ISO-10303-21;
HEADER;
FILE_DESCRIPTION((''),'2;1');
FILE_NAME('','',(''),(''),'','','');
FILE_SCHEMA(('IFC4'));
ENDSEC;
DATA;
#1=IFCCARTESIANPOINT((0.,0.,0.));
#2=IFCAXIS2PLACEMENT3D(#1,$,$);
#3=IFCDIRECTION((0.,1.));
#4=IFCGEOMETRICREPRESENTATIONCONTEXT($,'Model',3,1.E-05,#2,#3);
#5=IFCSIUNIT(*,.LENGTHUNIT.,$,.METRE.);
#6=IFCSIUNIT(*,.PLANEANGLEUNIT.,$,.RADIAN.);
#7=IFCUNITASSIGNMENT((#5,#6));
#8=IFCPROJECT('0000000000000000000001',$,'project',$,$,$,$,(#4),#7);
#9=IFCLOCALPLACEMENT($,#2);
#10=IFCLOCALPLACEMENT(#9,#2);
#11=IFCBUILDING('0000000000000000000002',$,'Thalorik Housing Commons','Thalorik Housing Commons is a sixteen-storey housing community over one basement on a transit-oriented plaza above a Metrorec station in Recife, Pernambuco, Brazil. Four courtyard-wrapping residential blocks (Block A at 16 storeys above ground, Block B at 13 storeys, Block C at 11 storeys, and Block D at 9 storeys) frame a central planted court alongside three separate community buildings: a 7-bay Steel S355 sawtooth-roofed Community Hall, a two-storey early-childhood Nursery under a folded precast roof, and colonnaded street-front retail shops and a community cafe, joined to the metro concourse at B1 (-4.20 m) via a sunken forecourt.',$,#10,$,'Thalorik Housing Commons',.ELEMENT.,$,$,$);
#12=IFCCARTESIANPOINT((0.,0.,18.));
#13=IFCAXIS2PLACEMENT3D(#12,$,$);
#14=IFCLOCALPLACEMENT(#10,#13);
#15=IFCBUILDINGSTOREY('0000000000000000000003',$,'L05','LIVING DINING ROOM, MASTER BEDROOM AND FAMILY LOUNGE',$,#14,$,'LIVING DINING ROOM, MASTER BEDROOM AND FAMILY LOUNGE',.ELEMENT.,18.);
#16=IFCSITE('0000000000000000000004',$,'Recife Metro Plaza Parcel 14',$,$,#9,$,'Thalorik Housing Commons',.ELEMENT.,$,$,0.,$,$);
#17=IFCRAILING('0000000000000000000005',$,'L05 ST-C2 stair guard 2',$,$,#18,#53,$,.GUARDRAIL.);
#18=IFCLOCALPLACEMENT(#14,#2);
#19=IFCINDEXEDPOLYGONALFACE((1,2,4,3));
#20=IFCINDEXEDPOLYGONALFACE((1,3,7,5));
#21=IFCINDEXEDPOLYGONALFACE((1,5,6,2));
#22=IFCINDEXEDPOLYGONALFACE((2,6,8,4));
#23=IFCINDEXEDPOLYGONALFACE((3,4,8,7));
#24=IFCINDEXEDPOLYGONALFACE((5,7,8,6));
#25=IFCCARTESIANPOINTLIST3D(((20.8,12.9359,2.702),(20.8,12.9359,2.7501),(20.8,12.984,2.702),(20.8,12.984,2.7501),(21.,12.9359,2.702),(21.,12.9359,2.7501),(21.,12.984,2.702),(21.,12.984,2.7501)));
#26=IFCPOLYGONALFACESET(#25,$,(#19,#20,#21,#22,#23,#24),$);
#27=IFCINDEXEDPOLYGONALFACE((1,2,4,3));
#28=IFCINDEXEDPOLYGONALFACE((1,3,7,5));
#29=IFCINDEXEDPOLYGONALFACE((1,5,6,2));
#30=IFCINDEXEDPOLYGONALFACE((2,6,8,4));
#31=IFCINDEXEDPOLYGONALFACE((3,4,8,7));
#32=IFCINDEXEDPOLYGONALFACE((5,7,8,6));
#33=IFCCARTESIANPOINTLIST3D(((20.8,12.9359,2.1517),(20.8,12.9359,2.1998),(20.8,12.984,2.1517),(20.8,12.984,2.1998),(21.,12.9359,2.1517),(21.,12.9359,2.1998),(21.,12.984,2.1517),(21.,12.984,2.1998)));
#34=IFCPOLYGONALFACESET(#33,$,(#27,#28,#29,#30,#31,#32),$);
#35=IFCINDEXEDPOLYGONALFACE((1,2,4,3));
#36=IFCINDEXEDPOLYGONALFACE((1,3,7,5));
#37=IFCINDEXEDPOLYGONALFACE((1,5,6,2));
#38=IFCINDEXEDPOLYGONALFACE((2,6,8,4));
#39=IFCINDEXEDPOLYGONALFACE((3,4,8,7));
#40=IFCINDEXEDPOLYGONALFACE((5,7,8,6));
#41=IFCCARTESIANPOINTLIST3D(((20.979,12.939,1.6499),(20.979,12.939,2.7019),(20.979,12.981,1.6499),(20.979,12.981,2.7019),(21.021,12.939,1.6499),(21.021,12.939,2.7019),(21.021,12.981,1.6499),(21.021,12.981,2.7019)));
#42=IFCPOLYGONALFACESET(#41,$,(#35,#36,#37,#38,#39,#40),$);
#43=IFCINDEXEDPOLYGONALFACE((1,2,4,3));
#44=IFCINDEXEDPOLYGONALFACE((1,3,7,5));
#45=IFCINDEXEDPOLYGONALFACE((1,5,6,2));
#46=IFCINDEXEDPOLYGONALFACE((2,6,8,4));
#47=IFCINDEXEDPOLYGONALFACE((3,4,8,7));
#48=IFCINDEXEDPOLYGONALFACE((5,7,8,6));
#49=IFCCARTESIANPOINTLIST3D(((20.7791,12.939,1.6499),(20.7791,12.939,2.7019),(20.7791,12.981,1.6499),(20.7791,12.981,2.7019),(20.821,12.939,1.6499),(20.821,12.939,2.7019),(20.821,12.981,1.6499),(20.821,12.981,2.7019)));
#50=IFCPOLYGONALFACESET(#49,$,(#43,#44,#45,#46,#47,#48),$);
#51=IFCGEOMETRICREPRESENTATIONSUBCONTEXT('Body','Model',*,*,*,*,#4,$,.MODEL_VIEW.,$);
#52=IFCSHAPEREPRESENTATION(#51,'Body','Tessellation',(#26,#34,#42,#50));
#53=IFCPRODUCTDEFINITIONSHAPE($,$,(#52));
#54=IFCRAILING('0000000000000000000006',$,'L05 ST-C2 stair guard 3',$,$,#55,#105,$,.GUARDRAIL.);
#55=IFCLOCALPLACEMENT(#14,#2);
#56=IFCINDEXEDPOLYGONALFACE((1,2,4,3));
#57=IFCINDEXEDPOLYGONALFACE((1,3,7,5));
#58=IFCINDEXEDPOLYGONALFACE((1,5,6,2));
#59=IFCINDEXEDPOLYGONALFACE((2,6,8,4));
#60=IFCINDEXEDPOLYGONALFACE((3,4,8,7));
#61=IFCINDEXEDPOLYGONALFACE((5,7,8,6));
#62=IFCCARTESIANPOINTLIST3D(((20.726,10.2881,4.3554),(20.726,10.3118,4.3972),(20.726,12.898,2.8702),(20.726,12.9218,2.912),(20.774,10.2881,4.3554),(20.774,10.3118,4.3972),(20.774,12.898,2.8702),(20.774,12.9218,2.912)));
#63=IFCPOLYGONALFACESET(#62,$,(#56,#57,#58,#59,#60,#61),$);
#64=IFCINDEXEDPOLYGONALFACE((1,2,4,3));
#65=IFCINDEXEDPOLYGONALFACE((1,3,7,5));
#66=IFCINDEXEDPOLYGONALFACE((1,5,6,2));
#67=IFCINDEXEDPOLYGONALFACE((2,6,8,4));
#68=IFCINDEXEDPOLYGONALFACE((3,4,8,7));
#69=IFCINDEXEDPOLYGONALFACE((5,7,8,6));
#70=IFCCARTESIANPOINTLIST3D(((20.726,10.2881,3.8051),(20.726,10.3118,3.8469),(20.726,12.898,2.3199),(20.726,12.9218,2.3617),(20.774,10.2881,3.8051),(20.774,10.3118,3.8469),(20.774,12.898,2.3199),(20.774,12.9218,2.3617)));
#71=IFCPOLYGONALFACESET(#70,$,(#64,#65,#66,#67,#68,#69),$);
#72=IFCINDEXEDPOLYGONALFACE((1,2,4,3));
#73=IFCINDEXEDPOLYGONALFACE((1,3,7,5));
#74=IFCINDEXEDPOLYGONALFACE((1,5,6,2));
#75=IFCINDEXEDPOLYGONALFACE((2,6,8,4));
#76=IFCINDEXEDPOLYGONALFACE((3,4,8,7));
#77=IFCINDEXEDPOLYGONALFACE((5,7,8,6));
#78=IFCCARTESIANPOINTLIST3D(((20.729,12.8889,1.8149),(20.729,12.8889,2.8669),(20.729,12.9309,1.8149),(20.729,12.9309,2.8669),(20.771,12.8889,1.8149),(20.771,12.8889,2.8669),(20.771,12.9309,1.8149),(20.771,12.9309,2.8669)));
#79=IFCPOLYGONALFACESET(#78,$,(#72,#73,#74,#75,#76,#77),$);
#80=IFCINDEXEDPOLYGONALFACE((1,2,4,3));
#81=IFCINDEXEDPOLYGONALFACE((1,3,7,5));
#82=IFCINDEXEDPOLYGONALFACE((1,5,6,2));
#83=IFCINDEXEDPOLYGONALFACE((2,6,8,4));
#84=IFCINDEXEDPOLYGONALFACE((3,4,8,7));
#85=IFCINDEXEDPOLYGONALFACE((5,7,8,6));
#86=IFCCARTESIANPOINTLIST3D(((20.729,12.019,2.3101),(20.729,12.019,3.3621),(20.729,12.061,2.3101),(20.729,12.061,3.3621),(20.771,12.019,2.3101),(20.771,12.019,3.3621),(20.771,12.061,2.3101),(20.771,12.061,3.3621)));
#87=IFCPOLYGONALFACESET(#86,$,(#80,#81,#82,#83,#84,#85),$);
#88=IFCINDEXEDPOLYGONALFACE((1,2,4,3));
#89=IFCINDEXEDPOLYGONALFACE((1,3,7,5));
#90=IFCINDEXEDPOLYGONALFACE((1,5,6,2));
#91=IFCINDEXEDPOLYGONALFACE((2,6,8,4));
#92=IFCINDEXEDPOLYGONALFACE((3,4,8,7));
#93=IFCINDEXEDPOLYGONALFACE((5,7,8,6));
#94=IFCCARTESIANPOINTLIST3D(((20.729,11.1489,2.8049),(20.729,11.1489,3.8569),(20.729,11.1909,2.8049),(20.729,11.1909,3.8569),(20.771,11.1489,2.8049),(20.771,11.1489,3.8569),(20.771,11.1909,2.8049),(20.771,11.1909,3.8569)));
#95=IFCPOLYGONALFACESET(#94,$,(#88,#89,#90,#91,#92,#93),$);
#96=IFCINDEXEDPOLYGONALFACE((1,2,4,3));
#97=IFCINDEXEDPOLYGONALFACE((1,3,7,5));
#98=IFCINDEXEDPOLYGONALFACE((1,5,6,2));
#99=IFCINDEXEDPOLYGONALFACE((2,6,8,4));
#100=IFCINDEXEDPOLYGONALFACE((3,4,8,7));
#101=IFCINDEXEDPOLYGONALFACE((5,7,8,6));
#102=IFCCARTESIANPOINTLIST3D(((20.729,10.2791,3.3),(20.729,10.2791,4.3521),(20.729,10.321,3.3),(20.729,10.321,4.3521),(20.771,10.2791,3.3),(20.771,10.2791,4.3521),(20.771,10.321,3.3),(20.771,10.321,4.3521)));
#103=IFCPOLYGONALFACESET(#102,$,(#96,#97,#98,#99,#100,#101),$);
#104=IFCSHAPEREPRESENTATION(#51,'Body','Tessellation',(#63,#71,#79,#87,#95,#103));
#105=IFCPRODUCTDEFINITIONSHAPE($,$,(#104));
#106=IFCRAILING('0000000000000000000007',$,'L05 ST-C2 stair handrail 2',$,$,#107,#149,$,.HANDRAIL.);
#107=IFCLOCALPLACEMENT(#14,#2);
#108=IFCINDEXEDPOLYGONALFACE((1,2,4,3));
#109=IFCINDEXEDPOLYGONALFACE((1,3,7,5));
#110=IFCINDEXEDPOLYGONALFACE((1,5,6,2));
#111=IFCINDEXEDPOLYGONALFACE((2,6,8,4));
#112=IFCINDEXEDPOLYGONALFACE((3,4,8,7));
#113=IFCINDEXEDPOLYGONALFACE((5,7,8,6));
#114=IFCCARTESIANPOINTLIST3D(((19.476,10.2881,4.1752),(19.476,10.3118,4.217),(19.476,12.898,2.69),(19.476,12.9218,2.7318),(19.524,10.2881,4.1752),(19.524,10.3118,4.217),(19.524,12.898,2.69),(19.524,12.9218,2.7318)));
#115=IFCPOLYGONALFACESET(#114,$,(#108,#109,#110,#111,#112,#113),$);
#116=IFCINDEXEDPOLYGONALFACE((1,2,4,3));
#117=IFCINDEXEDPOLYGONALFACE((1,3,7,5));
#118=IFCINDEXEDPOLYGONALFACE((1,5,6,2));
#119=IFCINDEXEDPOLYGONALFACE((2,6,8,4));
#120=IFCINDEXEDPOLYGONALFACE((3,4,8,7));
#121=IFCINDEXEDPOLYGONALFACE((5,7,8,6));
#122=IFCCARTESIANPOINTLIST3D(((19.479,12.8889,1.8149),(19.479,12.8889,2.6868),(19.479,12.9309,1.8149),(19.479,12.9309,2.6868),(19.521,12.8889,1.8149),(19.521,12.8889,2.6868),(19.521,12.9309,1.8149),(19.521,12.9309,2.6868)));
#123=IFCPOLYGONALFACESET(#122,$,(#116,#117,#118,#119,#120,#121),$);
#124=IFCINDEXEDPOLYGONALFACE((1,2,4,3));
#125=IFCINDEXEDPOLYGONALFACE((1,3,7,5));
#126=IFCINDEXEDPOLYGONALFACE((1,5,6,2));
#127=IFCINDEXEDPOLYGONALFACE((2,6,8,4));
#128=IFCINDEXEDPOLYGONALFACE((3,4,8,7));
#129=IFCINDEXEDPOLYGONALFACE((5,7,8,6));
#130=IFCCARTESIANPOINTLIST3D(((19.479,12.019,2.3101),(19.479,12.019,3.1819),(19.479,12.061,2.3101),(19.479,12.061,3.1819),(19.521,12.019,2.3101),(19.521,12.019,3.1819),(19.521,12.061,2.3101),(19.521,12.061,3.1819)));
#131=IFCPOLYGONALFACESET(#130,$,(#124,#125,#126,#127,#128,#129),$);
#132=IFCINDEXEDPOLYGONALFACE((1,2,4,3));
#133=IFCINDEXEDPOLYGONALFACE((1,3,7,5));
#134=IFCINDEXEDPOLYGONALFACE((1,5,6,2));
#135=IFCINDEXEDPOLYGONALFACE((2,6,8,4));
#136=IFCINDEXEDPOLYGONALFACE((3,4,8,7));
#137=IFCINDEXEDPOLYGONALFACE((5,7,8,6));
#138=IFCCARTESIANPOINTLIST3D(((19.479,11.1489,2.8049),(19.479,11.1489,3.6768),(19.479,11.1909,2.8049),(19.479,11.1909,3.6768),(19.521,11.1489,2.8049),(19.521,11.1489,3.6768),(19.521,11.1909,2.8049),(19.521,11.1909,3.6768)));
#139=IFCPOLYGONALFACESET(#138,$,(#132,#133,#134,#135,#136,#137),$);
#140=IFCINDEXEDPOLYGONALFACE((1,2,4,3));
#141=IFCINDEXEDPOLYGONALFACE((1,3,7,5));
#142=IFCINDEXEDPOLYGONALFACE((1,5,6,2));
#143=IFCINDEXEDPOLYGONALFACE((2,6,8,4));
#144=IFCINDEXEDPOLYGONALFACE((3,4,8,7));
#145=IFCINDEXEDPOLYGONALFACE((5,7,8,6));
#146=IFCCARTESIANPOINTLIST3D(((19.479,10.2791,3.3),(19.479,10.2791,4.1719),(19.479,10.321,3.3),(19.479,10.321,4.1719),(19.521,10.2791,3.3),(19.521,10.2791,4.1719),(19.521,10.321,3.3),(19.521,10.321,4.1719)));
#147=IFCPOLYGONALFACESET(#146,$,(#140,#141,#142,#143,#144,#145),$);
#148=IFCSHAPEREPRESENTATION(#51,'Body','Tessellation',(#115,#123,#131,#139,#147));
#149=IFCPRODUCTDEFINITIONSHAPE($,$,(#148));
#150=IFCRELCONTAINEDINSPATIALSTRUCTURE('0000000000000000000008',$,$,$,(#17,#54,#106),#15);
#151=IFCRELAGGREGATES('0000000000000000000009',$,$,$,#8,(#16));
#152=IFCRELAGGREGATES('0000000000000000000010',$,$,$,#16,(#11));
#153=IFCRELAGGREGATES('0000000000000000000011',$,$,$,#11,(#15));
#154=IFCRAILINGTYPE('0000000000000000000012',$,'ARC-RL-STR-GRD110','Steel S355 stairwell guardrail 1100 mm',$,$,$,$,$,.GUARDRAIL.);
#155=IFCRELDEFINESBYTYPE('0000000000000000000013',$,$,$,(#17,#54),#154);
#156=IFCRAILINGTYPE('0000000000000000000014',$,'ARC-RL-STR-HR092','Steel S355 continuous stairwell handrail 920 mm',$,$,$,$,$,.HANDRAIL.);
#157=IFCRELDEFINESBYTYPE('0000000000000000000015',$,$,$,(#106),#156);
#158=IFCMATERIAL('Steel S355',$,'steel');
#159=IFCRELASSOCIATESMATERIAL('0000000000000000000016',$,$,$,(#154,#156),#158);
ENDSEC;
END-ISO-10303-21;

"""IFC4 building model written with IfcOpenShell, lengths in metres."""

from ifc_helpers import new_model, si_unit, direction, frame, origin, origin_2d, place, context, subcontext, project, spatial, rectangle, extrude, material, type_object, element, save


model = new_model("IFC4")

# Units and contexts
model_context = context("Model", 3, precision=1e-05, world=origin(), true_north=direction((0.0, 1.0)))
body_context = subcontext(model_context, "Body", "Model", "MODEL_VIEW")
ifc_project = project(units=[si_unit("LENGTHUNIT", "METRE"), si_unit("PLANEANGLEUNIT", "RADIAN")], contexts=[model_context])

# Site, building, storey
site_placement = place(None, origin())
site = spatial("IfcSite", under=ifc_project, at=site_placement, Name="Recife Metro Plaza Parcel 14", LongName="Thalorik Housing Commons", CompositionType="ELEMENT", RefElevation=0.0)
building_placement = place(site_placement, origin())
building = spatial("IfcBuilding", under=site, at=building_placement, Name="Thalorik Housing Commons", Description="Thalorik Housing Commons is a sixteen-storey housing community over one basement on a transit-oriented plaza above a Metrorec station in Recife, Pernambuco, Brazil. Four courtyard-wrapping residential blocks (Block A at 16 storeys above ground, Block B at 13 storeys, Block C at 11 storeys, and Block D at 9 storeys) frame a central planted court alongside three separate community buildings: a 7-bay Steel S355 sawtooth-roofed Community Hall, a two-storey early-childhood Nursery under a folded precast roof, and colonnaded street-front retail shops and a community cafe, joined to the metro concourse at B1 (-4.20 m) via a sunken forecourt.", LongName="Thalorik Housing Commons", CompositionType="ELEMENT")
storey_placement = place(building_placement, frame((0.0, 0.0, 18.0)))
storey = spatial("IfcBuildingStorey", under=building, at=storey_placement, Name="L05", Description="LIVING DINING ROOM, MASTER BEDROOM AND FAMILY LOUNGE", LongName="LIVING DINING ROOM, MASTER BEDROOM AND FAMILY LOUNGE", CompositionType="ELEMENT", Elevation=18.0)

# Shared definitions
ifc_material_1 = material(Name="Steel S355", Category="steel")

# Railings
railing_type_1 = type_object("IfcRailingType", Name="ARC-RL-STR-GRD110", Description="Steel S355 stairwell guardrail 1100 mm", PredefinedType="GUARDRAIL", material=ifc_material_1)
railing_1_placement = place(storey_placement, frame((21.0, 12.96, 1.6499)))
element("IfcRailing", 1, at=railing_1_placement, inside=storey, type_object=railing_type_1, Name="L05 ST-C2 stair guard 2", PredefinedType="GUARDRAIL", context=body_context, shape_type="SweptSolid", body=[
    extrude(rectangle(XDim=0.0481, YDim=0.0481, at=origin_2d()), frame((0.0, 0.0, 1.0762), z_axis=(-1.0, 0.0, 0.0), x_axis=(0.0, -1.0, 0.0)), (0.0, 0.0, 1.0), 0.2),
    extrude(rectangle(XDim=0.0481, YDim=0.0481, at=origin_2d()), frame((0.0, 0.0, 0.5259), z_axis=(-1.0, 0.0, 0.0), x_axis=(0.0, -1.0, 0.0)), (0.0, 0.0, 1.0), 0.2),
    extrude(rectangle(XDim=0.042, YDim=0.042, at=origin_2d()), origin(), (0.0, 0.0, 1.0), 1.052),
    extrude(rectangle(XDim=0.042, YDim=0.042, at=origin_2d()), frame((-0.2, 0.0, 0.0)), (0.0, 0.0, 1.0), 1.052),
])
railing_2_placement = place(storey_placement, frame((20.75, 12.9099, 1.8149)))
element("IfcRailing", 2, at=railing_2_placement, inside=storey, type_object=railing_type_1, Name="L05 ST-C2 stair guard 3", PredefinedType="GUARDRAIL", context=body_context, shape_type="SweptSolid", body=[
    extrude(rectangle(XDim=0.0481, YDim=0.0481, at=origin_2d()), frame((0.0, 0.0, 1.0762), z_axis=(0.0, -0.869137, 0.494571), x_axis=(1.0, 0.0, 0.0)), (0.0, 0.0, 1.0), 3.0029),
    extrude(rectangle(XDim=0.0481, YDim=0.0481, at=origin_2d()), frame((0.0, 0.0, 0.5259), z_axis=(0.0, -0.869137, 0.494571), x_axis=(1.0, 0.0, 0.0)), (0.0, 0.0, 1.0), 3.0029),
    extrude(rectangle(XDim=0.042, YDim=0.042, at=origin_2d()), origin(), (0.0, 0.0, 1.0), 1.052),
    extrude(rectangle(XDim=0.042, YDim=0.042, at=origin_2d()), frame((0.0, -0.8699, 0.4951)), (0.0, 0.0, 1.0), 1.052),
    extrude(rectangle(XDim=0.042, YDim=0.042, at=origin_2d()), frame((0.0, -1.74, 0.99)), (0.0, 0.0, 1.0), 1.052),
    extrude(rectangle(XDim=0.042, YDim=0.042, at=origin_2d()), frame((0.0, -2.6099, 1.4851)), (0.0, 0.0, 1.0), 1.052),
])
railing_type_2 = type_object("IfcRailingType", Name="ARC-RL-STR-HR092", Description="Steel S355 continuous stairwell handrail 920 mm", PredefinedType="HANDRAIL", material=ifc_material_1)
railing_3_placement = place(storey_placement, frame((19.5, 12.9099, 1.8149)))
element("IfcRailing", 3, at=railing_3_placement, inside=storey, type_object=railing_type_2, Name="L05 ST-C2 stair handrail 2", PredefinedType="HANDRAIL", context=body_context, shape_type="SweptSolid", body=[
    extrude(rectangle(XDim=0.0481, YDim=0.0481, at=origin_2d()), frame((0.0, 0.0, 0.896), z_axis=(0.0, -0.869137, 0.494571), x_axis=(1.0, 0.0, 0.0)), (0.0, 0.0, 1.0), 3.0029),
    extrude(rectangle(XDim=0.042, YDim=0.042, at=origin_2d()), origin(), (0.0, 0.0, 1.0), 0.8718),
    extrude(rectangle(XDim=0.042, YDim=0.042, at=origin_2d()), frame((0.0, -0.8699, 0.4951)), (0.0, 0.0, 1.0), 0.8718),
    extrude(rectangle(XDim=0.042, YDim=0.042, at=origin_2d()), frame((0.0, -1.74, 0.99)), (0.0, 0.0, 1.0), 0.8718),
    extrude(rectangle(XDim=0.042, YDim=0.042, at=origin_2d()), frame((0.0, -2.6099, 1.4851)), (0.0, 0.0, 1.0), 0.8718),
])

save(model, "model.ifc")
